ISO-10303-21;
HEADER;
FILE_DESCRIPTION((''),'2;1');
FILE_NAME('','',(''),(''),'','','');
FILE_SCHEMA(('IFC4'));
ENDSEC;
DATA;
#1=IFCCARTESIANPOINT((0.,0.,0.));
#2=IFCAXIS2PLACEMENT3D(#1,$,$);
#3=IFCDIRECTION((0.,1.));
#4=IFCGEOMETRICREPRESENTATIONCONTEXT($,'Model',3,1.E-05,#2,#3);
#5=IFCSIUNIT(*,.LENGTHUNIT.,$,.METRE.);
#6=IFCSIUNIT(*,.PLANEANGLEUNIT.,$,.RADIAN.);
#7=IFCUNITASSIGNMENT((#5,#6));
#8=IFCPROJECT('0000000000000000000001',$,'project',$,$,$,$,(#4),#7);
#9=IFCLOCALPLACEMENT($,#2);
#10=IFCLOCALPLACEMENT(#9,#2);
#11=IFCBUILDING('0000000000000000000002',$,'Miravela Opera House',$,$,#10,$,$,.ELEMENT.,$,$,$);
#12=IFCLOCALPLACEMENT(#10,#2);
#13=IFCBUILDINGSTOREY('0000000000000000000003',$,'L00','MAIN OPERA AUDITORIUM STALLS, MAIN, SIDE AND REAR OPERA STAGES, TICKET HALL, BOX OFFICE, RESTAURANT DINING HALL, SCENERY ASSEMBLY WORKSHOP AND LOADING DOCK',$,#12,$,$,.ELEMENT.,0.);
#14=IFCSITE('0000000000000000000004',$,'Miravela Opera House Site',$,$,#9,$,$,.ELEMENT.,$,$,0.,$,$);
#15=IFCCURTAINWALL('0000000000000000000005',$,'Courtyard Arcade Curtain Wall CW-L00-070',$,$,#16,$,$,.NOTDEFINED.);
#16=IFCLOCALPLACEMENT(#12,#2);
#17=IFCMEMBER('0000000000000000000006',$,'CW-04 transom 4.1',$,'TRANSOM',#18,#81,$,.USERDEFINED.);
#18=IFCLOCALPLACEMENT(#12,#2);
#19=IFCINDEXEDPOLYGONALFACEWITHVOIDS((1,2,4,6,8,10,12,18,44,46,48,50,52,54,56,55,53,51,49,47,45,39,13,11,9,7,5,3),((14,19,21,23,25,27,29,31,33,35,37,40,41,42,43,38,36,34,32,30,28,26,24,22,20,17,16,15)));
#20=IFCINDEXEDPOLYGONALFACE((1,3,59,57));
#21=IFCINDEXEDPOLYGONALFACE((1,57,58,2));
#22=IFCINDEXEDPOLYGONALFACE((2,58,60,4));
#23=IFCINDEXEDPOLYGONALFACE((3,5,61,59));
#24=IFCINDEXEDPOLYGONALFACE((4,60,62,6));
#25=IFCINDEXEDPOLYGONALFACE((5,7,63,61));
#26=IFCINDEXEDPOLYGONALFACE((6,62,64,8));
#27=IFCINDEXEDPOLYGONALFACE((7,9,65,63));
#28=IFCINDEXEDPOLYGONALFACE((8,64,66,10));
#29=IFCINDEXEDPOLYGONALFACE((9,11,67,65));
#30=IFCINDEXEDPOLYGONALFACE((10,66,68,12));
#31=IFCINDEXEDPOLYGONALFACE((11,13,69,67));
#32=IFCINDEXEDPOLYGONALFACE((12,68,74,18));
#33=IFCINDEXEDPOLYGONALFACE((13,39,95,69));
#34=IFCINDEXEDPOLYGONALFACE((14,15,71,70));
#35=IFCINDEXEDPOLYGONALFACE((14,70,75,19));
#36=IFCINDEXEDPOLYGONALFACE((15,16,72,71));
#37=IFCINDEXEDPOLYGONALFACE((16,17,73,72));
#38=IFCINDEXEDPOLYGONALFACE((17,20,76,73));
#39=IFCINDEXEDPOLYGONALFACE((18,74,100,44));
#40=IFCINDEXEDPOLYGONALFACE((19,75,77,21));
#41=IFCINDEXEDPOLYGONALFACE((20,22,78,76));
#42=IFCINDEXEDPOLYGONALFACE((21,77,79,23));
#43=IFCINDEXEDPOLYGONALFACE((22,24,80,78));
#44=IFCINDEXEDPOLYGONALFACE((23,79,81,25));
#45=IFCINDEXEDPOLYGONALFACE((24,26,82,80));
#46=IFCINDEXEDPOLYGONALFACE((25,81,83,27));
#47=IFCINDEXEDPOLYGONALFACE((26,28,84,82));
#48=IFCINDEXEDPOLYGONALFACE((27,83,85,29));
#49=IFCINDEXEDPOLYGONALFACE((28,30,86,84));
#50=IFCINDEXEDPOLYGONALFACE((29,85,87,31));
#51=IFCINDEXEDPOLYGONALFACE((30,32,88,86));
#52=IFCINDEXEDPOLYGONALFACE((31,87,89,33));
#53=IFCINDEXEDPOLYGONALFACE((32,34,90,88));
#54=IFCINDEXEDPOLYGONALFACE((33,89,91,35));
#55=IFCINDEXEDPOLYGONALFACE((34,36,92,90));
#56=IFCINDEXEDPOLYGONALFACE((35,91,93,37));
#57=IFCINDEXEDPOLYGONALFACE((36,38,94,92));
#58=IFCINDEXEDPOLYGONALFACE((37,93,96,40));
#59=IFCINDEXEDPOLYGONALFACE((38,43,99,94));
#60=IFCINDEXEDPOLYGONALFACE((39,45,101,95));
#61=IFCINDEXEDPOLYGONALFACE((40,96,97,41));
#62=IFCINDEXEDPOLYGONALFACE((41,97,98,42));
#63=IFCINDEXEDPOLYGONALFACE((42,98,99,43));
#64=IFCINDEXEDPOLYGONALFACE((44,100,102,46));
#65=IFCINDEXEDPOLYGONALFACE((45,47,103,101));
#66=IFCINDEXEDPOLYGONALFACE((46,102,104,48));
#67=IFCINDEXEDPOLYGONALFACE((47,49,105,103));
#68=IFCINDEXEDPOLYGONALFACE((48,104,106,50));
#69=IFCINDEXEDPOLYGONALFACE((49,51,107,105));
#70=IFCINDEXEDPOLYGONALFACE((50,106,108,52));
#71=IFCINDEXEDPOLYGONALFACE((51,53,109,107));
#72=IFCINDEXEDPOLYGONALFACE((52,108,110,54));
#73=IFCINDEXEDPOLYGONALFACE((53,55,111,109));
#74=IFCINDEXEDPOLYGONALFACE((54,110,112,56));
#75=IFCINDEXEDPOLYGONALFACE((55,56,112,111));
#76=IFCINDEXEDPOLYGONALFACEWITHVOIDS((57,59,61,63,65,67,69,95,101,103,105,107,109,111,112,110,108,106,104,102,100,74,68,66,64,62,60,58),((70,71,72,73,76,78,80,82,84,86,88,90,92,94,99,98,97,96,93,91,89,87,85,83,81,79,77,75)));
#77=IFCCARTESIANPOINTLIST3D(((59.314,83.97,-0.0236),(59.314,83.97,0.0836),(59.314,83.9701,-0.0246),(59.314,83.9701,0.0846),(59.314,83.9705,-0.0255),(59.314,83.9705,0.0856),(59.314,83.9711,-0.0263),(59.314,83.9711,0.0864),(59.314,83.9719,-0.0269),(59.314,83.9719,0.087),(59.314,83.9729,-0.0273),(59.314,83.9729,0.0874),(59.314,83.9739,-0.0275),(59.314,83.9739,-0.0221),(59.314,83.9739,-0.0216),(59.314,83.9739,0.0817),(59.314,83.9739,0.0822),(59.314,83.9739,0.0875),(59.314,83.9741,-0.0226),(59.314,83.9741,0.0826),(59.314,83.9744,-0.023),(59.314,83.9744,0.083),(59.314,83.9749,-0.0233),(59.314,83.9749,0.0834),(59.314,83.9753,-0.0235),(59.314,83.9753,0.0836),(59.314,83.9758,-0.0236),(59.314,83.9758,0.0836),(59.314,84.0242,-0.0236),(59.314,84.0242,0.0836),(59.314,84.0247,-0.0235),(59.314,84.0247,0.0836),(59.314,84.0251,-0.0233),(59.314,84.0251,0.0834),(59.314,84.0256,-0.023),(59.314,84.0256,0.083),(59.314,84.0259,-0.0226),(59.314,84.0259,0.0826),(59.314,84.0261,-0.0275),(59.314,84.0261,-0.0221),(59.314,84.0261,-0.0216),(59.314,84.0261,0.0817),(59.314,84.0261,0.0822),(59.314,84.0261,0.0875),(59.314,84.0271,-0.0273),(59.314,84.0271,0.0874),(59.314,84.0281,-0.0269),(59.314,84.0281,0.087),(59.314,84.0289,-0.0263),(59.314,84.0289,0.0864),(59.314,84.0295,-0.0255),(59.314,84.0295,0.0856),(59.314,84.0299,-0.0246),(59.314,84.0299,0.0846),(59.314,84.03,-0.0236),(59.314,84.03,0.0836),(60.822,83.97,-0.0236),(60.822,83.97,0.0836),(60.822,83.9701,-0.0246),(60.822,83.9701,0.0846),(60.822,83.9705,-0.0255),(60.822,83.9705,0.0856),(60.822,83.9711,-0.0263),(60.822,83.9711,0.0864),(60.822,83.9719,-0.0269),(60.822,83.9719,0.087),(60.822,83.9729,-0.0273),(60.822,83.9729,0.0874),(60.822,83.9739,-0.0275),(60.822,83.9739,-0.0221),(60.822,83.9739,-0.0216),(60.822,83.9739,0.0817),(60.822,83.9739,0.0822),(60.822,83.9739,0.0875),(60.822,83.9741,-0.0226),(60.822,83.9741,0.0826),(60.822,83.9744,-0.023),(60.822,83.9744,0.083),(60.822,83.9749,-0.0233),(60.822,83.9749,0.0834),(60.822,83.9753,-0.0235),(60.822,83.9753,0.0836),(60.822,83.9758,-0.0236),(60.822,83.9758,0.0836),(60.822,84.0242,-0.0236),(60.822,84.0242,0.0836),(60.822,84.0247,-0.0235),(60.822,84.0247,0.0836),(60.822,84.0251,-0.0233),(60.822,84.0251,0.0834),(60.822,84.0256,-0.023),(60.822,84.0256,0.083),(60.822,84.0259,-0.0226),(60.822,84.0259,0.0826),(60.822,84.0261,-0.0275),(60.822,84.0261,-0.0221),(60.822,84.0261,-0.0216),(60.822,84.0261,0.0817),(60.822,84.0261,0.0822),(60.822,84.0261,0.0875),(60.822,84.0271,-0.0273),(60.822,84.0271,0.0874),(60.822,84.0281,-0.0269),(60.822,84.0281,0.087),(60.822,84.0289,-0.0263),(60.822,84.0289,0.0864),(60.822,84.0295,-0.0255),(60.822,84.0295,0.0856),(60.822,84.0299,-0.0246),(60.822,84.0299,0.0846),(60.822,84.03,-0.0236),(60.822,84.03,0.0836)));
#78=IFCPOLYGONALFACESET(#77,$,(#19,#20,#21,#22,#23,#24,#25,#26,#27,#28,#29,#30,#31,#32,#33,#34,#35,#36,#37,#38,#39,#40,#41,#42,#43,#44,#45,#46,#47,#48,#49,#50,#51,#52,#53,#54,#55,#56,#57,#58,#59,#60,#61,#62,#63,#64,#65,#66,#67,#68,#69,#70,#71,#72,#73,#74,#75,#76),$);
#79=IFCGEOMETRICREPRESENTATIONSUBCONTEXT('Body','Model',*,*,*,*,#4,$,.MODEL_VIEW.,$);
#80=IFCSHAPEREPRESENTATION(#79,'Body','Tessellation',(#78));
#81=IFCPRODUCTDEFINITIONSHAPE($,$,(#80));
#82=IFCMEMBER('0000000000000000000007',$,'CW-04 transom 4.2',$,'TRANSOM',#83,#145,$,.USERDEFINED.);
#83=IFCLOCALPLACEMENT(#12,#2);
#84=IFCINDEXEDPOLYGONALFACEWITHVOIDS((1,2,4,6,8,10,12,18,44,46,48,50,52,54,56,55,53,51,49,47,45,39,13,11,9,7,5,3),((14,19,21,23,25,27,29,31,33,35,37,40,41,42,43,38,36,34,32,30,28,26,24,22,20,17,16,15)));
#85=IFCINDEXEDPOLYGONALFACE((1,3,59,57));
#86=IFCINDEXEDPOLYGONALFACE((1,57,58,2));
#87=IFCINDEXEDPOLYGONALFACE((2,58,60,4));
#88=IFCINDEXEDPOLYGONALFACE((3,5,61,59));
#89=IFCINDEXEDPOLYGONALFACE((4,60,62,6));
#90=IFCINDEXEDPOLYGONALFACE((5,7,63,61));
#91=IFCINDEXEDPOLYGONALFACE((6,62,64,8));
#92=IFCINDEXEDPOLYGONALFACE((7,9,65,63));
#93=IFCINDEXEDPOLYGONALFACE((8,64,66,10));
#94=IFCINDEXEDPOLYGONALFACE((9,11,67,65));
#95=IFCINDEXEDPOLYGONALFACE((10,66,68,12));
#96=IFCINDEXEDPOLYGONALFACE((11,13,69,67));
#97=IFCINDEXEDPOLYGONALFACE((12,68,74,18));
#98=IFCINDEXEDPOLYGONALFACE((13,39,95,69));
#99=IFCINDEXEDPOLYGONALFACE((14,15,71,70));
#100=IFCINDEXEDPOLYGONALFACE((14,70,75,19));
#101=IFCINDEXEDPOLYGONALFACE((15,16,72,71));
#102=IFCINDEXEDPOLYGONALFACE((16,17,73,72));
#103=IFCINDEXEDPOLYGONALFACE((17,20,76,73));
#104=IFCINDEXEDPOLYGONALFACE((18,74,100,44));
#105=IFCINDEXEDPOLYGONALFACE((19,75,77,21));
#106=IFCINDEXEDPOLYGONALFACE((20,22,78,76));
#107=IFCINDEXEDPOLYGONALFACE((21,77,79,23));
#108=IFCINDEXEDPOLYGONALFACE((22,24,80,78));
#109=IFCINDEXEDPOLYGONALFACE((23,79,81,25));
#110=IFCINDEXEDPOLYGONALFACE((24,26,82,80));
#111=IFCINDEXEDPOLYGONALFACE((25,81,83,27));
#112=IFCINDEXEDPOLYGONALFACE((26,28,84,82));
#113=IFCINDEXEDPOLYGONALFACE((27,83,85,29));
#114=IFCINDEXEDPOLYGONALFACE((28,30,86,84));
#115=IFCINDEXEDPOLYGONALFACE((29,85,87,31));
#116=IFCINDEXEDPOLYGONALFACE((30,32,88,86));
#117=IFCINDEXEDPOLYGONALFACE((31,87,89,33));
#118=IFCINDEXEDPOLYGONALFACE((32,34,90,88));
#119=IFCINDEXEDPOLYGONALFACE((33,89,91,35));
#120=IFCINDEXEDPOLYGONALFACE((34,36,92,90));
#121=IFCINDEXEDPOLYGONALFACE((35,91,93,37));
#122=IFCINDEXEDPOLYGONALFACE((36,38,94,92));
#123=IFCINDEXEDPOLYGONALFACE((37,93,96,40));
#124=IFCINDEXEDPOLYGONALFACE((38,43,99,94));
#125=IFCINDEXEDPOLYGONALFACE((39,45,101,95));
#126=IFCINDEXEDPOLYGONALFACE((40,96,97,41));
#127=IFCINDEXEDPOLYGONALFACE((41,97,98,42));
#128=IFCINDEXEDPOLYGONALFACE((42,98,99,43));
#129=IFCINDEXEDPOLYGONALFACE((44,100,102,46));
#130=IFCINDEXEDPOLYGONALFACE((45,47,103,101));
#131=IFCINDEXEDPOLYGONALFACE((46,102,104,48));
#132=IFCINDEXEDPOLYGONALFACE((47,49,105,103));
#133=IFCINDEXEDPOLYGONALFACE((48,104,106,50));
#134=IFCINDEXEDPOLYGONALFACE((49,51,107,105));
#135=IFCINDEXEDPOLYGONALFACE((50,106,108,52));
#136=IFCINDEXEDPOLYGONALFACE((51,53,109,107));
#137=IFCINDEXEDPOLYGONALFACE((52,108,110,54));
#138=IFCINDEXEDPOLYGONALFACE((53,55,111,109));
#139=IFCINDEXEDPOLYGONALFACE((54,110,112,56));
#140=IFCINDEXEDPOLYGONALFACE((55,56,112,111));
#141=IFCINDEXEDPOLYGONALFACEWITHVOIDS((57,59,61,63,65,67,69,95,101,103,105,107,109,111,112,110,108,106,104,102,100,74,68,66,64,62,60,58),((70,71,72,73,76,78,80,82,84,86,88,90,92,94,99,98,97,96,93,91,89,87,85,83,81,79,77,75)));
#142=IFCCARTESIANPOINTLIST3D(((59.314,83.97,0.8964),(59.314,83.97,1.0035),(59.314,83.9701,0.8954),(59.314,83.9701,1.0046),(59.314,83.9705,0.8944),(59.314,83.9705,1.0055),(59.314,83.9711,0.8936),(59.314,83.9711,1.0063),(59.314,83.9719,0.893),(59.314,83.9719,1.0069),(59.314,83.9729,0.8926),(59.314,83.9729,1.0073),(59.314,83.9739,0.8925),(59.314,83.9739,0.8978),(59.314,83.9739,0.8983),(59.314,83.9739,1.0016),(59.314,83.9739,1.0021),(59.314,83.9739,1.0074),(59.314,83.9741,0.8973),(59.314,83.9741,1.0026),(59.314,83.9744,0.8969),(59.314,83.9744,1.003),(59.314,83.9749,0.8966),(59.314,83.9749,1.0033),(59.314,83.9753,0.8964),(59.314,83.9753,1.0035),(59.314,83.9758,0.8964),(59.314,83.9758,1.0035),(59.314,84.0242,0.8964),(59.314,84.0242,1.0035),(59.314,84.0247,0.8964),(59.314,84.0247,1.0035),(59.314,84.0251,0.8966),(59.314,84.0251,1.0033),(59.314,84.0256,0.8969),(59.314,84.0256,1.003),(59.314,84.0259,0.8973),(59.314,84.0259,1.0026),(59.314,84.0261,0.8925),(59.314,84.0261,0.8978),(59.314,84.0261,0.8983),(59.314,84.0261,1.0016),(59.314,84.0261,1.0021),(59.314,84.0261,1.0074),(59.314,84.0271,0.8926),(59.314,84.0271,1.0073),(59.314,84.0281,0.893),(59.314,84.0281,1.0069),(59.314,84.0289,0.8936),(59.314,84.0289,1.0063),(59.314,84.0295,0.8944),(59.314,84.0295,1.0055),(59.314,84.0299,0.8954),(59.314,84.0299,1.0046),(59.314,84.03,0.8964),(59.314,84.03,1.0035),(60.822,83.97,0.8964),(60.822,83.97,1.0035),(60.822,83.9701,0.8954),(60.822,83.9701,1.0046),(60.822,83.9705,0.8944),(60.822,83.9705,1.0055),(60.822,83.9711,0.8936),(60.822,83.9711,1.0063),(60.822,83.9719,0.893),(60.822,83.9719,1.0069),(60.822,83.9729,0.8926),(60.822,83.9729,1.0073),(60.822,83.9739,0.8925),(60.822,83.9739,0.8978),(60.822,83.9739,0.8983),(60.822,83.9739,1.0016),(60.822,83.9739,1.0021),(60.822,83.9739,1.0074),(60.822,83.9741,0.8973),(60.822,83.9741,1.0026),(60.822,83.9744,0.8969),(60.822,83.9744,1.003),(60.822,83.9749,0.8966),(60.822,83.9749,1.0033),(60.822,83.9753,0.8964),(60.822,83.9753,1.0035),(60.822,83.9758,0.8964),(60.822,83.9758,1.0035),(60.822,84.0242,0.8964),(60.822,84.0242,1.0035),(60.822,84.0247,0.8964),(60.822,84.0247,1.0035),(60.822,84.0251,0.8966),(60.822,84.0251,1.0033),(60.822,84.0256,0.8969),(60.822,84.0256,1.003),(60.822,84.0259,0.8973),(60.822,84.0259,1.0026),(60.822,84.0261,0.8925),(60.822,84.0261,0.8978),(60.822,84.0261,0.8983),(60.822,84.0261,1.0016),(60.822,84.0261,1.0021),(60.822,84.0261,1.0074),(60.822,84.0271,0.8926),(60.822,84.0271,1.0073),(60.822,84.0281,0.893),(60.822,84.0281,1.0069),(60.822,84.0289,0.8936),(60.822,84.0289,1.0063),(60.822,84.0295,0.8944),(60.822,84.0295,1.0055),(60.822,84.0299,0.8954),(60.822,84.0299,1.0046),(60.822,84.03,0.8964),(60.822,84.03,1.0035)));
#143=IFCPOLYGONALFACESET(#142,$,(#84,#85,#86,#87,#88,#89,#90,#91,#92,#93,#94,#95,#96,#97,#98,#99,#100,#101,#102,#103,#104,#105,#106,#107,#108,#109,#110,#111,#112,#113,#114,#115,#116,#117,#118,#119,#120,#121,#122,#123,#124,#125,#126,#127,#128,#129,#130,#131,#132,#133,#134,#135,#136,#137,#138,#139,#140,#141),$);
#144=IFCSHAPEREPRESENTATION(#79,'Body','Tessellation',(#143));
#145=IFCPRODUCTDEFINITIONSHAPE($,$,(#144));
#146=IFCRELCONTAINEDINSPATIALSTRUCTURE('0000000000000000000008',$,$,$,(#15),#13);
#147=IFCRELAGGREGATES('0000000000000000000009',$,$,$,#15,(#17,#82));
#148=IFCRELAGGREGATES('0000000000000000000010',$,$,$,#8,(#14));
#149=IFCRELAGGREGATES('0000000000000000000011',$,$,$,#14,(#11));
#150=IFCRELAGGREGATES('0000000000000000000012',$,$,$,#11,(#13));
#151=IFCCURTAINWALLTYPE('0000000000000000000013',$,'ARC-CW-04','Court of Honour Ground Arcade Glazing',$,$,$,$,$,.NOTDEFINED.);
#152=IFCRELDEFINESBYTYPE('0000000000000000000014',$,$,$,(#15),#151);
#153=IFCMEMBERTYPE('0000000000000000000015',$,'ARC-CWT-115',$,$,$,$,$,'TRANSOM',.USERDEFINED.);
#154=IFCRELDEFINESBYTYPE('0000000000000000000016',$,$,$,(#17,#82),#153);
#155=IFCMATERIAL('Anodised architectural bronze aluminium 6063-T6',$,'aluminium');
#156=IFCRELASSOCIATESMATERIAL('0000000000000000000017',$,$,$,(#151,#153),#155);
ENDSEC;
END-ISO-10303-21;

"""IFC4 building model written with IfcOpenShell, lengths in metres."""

from ifc_helpers import new_model, si_unit, direction, frame, origin, origin_2d, place, context, subcontext, project, spatial, hollow_rectangle, extrude, material, material_profile, profile_set, type_object, element, aggregate, save


model = new_model("IFC4")

# Units and contexts
model_context = context("Model", 3, precision=1e-05, world=origin(), true_north=direction((0.0, 1.0)))
body_context = subcontext(model_context, "Body", "Model", "MODEL_VIEW")
ifc_project = project(units=[si_unit("LENGTHUNIT", "METRE"), si_unit("PLANEANGLEUNIT", "RADIAN")], contexts=[model_context])

# Site, building, storey
site_placement = place(None, origin())
site = spatial("IfcSite", under=ifc_project, at=site_placement, Name="Miravela Opera House Site", CompositionType="ELEMENT", RefElevation=0.0)
building_placement = place(site_placement, origin())
building = spatial("IfcBuilding", under=site, at=building_placement, Name="Miravela Opera House", CompositionType="ELEMENT")
storey_placement = place(building_placement, origin())
storey = spatial("IfcBuildingStorey", under=building, at=storey_placement, Name="L00", Description="MAIN OPERA AUDITORIUM STALLS, MAIN, SIDE AND REAR OPERA STAGES, TICKET HALL, BOX OFFICE, RESTAURANT DINING HALL, SCENERY ASSEMBLY WORKSHOP AND LOADING DOCK", CompositionType="ELEMENT", Elevation=0.0)

# Curtain wall
ifc_material_1 = material(Name="Anodised architectural bronze aluminium 6063-T6", Category="aluminium")
curtain_wall_type = type_object("IfcCurtainWallType", Name="ARC-CW-04", Description="Court of Honour Ground Arcade Glazing", PredefinedType="NOTDEFINED", material=ifc_material_1)
curtain_wall_1_placement = place(storey_placement, origin())
curtain_wall_1 = element("IfcCurtainWall", 1, at=curtain_wall_1_placement, inside=storey, type_object=curtain_wall_type, Name="Courtyard Arcade Curtain Wall CW-L00-070", PredefinedType="NOTDEFINED")

# Members
ifc_material_profile_1 = material_profile(ifc_material_1, hollow_rectangle(XDim=0.0601, YDim=0.115, WallThickness=0.0039, InnerFilletRadius=0.002, OuterFilletRadius=0.0039, at=origin_2d()), Name="CWT-60X115")
ifc_profile_set_1 = profile_set([ifc_material_profile_1])
member_type_1 = type_object("IfcMemberType", Name="ARC-CWT-115", ElementType="TRANSOM", PredefinedType="USERDEFINED", material=ifc_profile_set_1)
member_1_placement = place(storey_placement, frame((59.314, 84.0, 0.03), z_axis=(1.0, 0.0, 0.0), x_axis=(0.0, 1.0, 0.0)))
member_1 = element("IfcMember", 2, at=member_1_placement, type_object=member_type_1, Name="CW-04 transom 4.1", ObjectType="TRANSOM", PredefinedType="USERDEFINED", context=body_context, shape_type="SweptSolid", body=[
    extrude(hollow_rectangle(XDim=0.0601, YDim=0.115, WallThickness=0.0039, InnerFilletRadius=0.002, OuterFilletRadius=0.0039, at=origin_2d()), origin(), (0.0, 0.0, 1.0), 1.5081),
])
member_2_placement = place(storey_placement, frame((59.314, 84.0, 0.95), z_axis=(1.0, 0.0, 0.0), x_axis=(0.0, 1.0, 0.0)))
member_2 = element("IfcMember", 3, at=member_2_placement, type_object=member_type_1, Name="CW-04 transom 4.2", ObjectType="TRANSOM", PredefinedType="USERDEFINED", context=body_context, shape_type="SweptSolid", body=[
    extrude(hollow_rectangle(XDim=0.0601, YDim=0.115, WallThickness=0.0039, InnerFilletRadius=0.002, OuterFilletRadius=0.0039, at=origin_2d()), origin(), (0.0, 0.0, 1.0), 1.5081),
])

aggregate(curtain_wall_1, [member_1, member_2])

save(model, "model.ifc")
